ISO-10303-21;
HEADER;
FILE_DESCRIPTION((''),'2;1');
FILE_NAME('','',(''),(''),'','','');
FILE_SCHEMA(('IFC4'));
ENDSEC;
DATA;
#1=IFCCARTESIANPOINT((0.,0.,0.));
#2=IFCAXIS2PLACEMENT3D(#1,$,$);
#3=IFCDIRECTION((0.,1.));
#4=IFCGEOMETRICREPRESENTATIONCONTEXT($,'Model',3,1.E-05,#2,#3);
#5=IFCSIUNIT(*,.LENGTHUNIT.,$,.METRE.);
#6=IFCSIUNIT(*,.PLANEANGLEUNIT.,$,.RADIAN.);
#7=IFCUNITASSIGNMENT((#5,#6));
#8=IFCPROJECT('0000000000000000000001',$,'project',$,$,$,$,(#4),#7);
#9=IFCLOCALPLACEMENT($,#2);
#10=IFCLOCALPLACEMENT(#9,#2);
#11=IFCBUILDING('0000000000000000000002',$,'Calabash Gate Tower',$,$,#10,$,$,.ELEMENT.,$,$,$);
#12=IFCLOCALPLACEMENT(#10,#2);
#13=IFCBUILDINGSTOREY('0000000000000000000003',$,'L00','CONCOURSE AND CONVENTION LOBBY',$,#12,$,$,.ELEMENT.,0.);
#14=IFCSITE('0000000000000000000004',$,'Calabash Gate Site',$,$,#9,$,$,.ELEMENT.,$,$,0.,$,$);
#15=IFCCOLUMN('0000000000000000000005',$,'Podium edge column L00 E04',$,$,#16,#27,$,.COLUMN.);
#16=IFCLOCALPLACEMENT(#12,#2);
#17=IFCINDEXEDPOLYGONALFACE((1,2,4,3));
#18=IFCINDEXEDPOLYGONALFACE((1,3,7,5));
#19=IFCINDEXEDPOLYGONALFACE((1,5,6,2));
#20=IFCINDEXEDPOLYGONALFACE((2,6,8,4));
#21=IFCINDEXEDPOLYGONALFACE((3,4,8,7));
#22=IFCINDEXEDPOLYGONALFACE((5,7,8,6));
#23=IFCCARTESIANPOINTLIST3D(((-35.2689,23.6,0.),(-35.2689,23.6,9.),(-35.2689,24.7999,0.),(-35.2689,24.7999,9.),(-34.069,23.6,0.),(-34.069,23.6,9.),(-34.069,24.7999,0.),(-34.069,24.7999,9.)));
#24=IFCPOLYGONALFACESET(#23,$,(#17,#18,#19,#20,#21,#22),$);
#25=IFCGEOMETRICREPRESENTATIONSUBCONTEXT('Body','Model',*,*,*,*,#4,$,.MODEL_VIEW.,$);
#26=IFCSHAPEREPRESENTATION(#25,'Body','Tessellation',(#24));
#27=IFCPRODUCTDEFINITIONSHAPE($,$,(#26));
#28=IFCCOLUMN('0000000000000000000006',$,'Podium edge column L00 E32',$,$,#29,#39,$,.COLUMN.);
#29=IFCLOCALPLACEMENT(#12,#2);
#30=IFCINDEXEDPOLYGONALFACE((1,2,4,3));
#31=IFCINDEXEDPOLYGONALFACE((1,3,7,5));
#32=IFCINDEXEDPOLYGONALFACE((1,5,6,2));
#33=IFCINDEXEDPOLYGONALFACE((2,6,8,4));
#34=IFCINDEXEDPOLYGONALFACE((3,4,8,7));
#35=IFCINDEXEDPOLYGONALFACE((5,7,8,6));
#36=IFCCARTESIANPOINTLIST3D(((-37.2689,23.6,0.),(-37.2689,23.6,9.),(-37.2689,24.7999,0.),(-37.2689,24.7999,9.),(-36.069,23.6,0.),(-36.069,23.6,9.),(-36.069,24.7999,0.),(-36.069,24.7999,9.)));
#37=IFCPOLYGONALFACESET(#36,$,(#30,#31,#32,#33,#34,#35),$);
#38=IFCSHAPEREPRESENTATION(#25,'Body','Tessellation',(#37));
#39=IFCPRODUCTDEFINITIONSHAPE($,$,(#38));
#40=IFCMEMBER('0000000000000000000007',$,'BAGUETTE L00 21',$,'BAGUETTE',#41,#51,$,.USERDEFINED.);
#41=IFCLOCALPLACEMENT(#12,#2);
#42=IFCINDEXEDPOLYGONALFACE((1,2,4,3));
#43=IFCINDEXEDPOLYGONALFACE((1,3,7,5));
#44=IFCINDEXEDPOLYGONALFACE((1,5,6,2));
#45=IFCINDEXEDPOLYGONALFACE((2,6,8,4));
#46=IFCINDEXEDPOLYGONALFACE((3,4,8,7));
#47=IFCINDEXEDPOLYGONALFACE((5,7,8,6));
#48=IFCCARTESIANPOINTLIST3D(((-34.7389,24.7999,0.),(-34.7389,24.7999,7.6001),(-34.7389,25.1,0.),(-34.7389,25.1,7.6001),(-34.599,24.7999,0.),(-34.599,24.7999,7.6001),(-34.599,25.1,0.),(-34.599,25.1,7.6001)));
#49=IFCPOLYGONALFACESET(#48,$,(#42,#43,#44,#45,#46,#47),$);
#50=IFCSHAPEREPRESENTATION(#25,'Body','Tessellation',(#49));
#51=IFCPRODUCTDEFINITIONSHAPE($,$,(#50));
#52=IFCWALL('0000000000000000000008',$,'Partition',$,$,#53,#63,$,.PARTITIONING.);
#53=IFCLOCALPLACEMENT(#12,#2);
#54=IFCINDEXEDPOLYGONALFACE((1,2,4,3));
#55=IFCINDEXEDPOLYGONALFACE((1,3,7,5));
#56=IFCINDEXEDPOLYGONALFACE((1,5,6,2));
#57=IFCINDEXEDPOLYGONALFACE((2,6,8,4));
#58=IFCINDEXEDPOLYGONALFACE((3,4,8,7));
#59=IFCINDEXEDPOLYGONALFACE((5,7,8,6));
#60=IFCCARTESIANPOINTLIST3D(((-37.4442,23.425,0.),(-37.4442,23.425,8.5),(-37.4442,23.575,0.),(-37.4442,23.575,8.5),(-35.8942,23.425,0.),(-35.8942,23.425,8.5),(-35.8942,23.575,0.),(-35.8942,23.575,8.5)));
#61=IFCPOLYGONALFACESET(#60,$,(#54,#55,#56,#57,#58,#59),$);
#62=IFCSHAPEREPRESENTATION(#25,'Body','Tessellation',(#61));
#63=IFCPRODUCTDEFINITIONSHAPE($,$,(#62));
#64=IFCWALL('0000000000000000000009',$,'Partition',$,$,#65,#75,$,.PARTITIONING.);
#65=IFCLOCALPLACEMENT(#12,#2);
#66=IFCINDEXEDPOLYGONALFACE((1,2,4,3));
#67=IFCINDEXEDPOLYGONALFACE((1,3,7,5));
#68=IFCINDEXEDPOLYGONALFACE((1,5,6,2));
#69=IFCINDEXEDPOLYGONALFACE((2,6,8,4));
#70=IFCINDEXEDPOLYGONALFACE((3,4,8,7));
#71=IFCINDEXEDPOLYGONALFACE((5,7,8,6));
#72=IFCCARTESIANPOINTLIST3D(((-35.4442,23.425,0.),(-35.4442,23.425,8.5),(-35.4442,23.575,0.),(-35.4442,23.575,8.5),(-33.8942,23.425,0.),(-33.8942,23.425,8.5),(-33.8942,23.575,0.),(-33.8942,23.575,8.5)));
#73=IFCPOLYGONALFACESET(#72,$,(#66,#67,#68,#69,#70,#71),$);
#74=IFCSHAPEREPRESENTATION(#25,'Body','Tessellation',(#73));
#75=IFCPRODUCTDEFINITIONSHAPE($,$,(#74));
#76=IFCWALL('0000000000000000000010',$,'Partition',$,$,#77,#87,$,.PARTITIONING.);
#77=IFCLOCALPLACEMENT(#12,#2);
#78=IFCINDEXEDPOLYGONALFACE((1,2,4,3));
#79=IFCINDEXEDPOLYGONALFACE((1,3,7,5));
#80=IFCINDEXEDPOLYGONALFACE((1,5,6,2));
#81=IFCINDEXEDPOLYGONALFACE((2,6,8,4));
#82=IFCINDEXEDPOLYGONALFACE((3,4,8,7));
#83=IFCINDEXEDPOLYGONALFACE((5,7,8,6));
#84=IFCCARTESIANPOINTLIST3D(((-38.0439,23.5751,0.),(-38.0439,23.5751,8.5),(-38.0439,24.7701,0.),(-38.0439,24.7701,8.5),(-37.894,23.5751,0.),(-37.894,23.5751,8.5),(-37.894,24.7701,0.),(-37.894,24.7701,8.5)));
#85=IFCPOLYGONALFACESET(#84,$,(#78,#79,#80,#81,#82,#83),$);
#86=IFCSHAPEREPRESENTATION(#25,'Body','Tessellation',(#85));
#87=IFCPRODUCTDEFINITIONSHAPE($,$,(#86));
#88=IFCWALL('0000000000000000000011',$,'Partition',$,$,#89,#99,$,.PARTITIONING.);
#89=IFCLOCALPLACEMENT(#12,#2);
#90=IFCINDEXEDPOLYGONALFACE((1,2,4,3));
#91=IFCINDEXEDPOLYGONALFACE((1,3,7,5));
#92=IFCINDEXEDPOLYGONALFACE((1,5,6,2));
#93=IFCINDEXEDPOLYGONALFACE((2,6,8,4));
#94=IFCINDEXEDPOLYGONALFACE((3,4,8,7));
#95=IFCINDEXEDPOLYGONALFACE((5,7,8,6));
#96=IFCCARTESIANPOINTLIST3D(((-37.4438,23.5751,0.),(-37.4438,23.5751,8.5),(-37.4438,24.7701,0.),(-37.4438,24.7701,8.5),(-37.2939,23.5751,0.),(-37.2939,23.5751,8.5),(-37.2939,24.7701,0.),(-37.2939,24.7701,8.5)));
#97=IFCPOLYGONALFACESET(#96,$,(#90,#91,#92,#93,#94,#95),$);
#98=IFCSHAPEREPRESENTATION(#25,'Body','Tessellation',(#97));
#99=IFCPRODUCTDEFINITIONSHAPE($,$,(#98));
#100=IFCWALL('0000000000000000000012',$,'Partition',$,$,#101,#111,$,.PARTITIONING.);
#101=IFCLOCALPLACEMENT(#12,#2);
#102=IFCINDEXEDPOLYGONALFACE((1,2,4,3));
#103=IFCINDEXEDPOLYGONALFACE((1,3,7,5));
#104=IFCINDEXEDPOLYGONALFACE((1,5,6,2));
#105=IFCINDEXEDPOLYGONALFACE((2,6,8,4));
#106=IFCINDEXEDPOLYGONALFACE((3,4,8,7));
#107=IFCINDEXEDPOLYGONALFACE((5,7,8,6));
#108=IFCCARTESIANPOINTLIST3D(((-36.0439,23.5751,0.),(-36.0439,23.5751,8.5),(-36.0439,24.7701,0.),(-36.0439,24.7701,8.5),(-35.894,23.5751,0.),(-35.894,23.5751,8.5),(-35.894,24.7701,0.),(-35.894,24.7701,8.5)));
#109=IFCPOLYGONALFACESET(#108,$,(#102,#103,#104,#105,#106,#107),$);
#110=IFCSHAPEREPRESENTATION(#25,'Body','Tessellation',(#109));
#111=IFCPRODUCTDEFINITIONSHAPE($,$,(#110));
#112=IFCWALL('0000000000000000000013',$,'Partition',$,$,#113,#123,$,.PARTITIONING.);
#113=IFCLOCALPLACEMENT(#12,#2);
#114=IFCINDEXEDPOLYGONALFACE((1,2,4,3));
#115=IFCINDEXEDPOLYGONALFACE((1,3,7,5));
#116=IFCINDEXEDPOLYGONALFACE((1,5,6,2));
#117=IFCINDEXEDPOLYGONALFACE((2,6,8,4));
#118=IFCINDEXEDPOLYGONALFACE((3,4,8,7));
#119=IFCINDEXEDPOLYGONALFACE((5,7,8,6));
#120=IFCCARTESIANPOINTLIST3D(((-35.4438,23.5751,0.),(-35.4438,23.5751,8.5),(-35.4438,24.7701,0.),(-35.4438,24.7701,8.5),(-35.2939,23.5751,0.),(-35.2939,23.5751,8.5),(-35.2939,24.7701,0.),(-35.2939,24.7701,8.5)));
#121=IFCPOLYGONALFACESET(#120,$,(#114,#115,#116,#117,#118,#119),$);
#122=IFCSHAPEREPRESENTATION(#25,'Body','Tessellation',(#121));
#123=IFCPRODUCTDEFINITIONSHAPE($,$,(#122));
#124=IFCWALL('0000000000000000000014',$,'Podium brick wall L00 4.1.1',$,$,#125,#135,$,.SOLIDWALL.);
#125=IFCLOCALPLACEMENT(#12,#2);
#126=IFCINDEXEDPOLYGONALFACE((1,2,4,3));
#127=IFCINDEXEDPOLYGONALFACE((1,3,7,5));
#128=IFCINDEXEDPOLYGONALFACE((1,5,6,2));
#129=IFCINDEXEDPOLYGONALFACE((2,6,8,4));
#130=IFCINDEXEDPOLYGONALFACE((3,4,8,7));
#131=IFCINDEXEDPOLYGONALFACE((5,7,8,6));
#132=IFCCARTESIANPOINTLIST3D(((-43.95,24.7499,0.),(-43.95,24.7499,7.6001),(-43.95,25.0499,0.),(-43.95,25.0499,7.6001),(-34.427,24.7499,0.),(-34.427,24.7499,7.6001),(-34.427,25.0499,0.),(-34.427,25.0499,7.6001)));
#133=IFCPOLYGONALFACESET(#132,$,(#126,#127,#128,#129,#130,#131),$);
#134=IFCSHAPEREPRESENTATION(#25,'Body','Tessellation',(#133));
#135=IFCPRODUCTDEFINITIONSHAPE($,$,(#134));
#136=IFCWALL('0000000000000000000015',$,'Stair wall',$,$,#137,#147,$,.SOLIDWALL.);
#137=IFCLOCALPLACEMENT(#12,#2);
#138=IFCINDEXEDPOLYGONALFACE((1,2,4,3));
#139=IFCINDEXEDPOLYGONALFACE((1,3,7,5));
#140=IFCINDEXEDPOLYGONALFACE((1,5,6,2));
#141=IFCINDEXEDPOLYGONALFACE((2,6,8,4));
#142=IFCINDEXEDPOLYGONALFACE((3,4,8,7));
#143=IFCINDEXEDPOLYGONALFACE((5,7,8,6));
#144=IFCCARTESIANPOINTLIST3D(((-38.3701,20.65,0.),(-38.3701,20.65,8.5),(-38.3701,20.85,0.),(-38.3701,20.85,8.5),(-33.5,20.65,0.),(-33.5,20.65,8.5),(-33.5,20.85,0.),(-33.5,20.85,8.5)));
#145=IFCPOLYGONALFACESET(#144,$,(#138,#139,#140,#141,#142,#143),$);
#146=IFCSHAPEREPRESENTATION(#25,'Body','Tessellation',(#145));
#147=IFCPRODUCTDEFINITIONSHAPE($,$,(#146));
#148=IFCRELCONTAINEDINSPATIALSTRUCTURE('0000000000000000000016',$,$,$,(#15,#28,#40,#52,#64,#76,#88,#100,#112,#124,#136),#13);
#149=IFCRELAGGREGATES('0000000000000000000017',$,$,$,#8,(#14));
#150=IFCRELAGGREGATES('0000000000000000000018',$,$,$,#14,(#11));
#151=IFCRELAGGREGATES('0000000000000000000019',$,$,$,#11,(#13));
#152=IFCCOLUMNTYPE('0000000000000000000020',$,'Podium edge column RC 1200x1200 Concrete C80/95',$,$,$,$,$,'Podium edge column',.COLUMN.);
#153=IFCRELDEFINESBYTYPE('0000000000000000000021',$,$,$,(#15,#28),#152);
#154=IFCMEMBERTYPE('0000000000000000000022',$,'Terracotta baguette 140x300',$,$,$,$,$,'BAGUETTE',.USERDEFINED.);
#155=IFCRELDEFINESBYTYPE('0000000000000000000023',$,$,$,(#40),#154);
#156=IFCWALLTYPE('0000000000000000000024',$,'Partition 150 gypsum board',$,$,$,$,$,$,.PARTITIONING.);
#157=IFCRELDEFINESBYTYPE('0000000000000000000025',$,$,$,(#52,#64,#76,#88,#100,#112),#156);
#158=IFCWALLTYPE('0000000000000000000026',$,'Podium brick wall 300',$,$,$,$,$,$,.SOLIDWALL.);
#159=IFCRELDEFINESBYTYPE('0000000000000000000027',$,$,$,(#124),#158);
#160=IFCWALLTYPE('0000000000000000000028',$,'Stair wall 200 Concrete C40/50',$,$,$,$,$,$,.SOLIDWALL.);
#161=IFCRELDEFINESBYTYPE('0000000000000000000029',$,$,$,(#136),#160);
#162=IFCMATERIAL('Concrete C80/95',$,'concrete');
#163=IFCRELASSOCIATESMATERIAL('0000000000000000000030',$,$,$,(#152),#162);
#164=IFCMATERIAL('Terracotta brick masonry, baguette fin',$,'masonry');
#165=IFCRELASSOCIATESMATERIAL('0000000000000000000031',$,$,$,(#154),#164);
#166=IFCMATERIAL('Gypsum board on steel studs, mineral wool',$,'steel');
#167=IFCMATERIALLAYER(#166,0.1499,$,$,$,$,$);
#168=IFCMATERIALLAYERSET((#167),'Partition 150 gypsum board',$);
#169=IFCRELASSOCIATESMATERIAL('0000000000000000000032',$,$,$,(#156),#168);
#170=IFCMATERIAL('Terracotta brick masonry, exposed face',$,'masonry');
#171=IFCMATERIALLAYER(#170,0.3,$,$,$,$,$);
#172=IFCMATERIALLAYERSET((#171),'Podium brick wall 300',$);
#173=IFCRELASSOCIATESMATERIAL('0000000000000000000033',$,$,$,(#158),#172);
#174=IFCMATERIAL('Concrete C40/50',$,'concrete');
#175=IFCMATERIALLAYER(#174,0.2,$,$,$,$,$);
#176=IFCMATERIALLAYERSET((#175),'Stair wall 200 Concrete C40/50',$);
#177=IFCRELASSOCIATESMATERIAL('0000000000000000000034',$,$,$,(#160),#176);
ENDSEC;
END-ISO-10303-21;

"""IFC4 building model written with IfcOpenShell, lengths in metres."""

from ifc_helpers import new_model, si_unit, direction, frame, frame_2d, origin, origin_2d, place, context, subcontext, project, spatial, rectangle, extrude, material, layer, layer_set, material_profile, profile_set, type_object, element, save


model = new_model("IFC4")

# Units and contexts
model_context = context("Model", 3, precision=1e-05, world=origin(), true_north=direction((0.0, 1.0)))
body_context = subcontext(model_context, "Body", "Model", "MODEL_VIEW")
ifc_project = project(units=[si_unit("LENGTHUNIT", "METRE"), si_unit("PLANEANGLEUNIT", "RADIAN")], contexts=[model_context])

# Site, building, storey
site_placement = place(None, origin())
site = spatial("IfcSite", under=ifc_project, at=site_placement, Name="Calabash Gate Site", CompositionType="ELEMENT", RefElevation=0.0)
building_placement = place(site_placement, origin())
building = spatial("IfcBuilding", under=site, at=building_placement, Name="Calabash Gate Tower", CompositionType="ELEMENT")
storey_placement = place(building_placement, origin())
storey = spatial("IfcBuildingStorey", under=building, at=storey_placement, Name="L00", Description="CONCOURSE AND CONVENTION LOBBY", CompositionType="ELEMENT", Elevation=0.0)

# Columns
ifc_material_1 = material(Name="Concrete C80/95", Category="concrete")
ifc_material_profile_1 = material_profile(ifc_material_1, rectangle(XDim=1.2, YDim=1.2, at=origin_2d()))
ifc_profile_set_1 = profile_set([ifc_material_profile_1], Name="Concrete C80/95")
column_type = type_object("IfcColumnType", Name="Podium edge column RC 1200x1200 Concrete C80/95", ElementType="Podium edge column", PredefinedType="COLUMN", material=ifc_profile_set_1)
for number, where, z_axis, x_axis, name in (
    (1, (-34.6689, 24.2, 0.0), (0.0, 0.0, 1.0), (1.0, 0.0, 0.0), "Podium edge column L00 E04"),
    (2, (-36.6689, 24.2, 0.0), (0.0, 0.0, 1.0), (1.0, 0.0, 0.0), "Podium edge column L00 E32"),
):
    element("IfcColumn", number, at=place(storey_placement, frame(where, z_axis=z_axis, x_axis=x_axis)), inside=storey, type_object=column_type, Name=name, PredefinedType="COLUMN", context=body_context, shape_type="SweptSolid", body=[
        extrude(rectangle(XDim=1.2, YDim=1.2, at=origin_2d()), origin(), (0.0, 0.0, 1.0), 9.0),
    ])

# Member
ifc_material_2 = material(Name="Terracotta brick masonry, baguette fin", Category="masonry")
ifc_material_profile_2 = material_profile(ifc_material_2, rectangle(XDim=0.1399, YDim=0.3, at=origin_2d()))
ifc_profile_set_2 = profile_set([ifc_material_profile_2], Name="Terracotta brick masonry, baguette fin")
member_type = type_object("IfcMemberType", Name="Terracotta baguette 140x300", ElementType="BAGUETTE", PredefinedType="USERDEFINED", material=ifc_profile_set_2)
member_placement = place(storey_placement, frame((-34.6689, 24.95, 0.0), z_axis=(0.0, 0.0, 1.0), x_axis=(-1.0, 0.0, 0.0)))
element("IfcMember", 3, at=member_placement, inside=storey, type_object=member_type, Name="BAGUETTE L00 21", ObjectType="BAGUETTE", PredefinedType="USERDEFINED", context=body_context, shape_type="SweptSolid", body=[
    extrude(rectangle(XDim=0.1399, YDim=0.3, at=origin_2d()), origin(), (0.0, 0.0, 1.0), 7.6001),
])

# Walls
ifc_material_3 = material(Name="Gypsum board on steel studs, mineral wool", Category="steel")
ifc_layer_1 = layer(ifc_material_3, 0.1499)
ifc_layer_set_1 = layer_set([ifc_layer_1], Name="Partition 150 gypsum board")
wall_type_1 = type_object("IfcWallType", Name="Partition 150 gypsum board", PredefinedType="PARTITIONING", material=ifc_layer_set_1)
for number, where, z_axis, x_axis, name in (
    (4, (-37.4441, 23.5, 0.0), (0.0, 0.0, 1.0), (1.0, 0.0, 0.0), "Partition"),
    (5, (-35.4441, 23.5, 0.0), (0.0, 0.0, 1.0), (1.0, 0.0, 0.0), "Partition"),
):
    element("IfcWall", number, at=place(storey_placement, frame(where, z_axis=z_axis, x_axis=x_axis)), inside=storey, type_object=wall_type_1, Name=name, PredefinedType="PARTITIONING", context=body_context, shape_type="SweptSolid", body=[
        extrude(rectangle(XDim=1.55, YDim=0.1499, at=frame_2d((0.7749, 0.0))), origin(), (0.0, 0.0, 1.0), 8.5),
    ])
for number, where, z_axis, x_axis, name in (
    (6, (-37.969, 23.575, 0.0), (0.0, 0.0, 1.0), (0.0, 1.0, 0.0), "Partition"),
    (7, (-37.3689, 23.575, 0.0), (0.0, 0.0, 1.0), (0.0, 1.0, 0.0), "Partition"),
    (8, (-35.969, 23.575, 0.0), (0.0, 0.0, 1.0), (0.0, 1.0, 0.0), "Partition"),
    (9, (-35.3689, 23.575, 0.0), (0.0, 0.0, 1.0), (0.0, 1.0, 0.0), "Partition"),
):
    element("IfcWall", number, at=place(storey_placement, frame(where, z_axis=z_axis, x_axis=x_axis)), inside=storey, type_object=wall_type_1, Name=name, PredefinedType="PARTITIONING", context=body_context, shape_type="SweptSolid", body=[
        extrude(rectangle(XDim=1.1951, YDim=0.1499, at=frame_2d((0.5977, 0.0))), origin(), (0.0, 0.0, 1.0), 8.5),
    ])
ifc_material_4 = material(Name="Terracotta brick masonry, exposed face", Category="masonry")
ifc_layer_2 = layer(ifc_material_4, 0.3)
ifc_layer_set_2 = layer_set([ifc_layer_2], Name="Podium brick wall 300")
wall_type_2 = type_object("IfcWallType", Name="Podium brick wall 300", PredefinedType="SOLIDWALL", material=ifc_layer_set_2)
wall_1_placement = place(storey_placement, frame((-34.427, 24.8999, 0.0), z_axis=(0.0, 0.0, 1.0), x_axis=(-1.0, 0.0, 0.0)))
element("IfcWall", 10, at=wall_1_placement, inside=storey, type_object=wall_type_2, Name="Podium brick wall L00 4.1.1", PredefinedType="SOLIDWALL", context=body_context, shape_type="SweptSolid", body=[
    extrude(rectangle(XDim=9.5229, YDim=0.3, at=frame_2d((4.7615, 0.0))), origin(), (0.0, 0.0, 1.0), 7.6001),
])
ifc_material_5 = material(Name="Concrete C40/50", Category="concrete")
ifc_layer_3 = layer(ifc_material_5, 0.2)
ifc_layer_set_3 = layer_set([ifc_layer_3], Name="Stair wall 200 Concrete C40/50")
wall_type_3 = type_object("IfcWallType", Name="Stair wall 200 Concrete C40/50", PredefinedType="SOLIDWALL", material=ifc_layer_set_3)
wall_2_placement = place(storey_placement, frame((-38.3701, 20.75, 0.0), z_axis=(0.0, 0.0, 1.0), x_axis=(1.0, 0.0, 0.0)))
element("IfcWall", 11, at=wall_2_placement, inside=storey, type_object=wall_type_3, Name="Stair wall", PredefinedType="SOLIDWALL", context=body_context, shape_type="SweptSolid", body=[
    extrude(rectangle(XDim=4.8701, YDim=0.2, at=frame_2d((2.4351, 0.0))), origin(), (0.0, 0.0, 1.0), 8.5),
])

save(model, "model.ifc")
